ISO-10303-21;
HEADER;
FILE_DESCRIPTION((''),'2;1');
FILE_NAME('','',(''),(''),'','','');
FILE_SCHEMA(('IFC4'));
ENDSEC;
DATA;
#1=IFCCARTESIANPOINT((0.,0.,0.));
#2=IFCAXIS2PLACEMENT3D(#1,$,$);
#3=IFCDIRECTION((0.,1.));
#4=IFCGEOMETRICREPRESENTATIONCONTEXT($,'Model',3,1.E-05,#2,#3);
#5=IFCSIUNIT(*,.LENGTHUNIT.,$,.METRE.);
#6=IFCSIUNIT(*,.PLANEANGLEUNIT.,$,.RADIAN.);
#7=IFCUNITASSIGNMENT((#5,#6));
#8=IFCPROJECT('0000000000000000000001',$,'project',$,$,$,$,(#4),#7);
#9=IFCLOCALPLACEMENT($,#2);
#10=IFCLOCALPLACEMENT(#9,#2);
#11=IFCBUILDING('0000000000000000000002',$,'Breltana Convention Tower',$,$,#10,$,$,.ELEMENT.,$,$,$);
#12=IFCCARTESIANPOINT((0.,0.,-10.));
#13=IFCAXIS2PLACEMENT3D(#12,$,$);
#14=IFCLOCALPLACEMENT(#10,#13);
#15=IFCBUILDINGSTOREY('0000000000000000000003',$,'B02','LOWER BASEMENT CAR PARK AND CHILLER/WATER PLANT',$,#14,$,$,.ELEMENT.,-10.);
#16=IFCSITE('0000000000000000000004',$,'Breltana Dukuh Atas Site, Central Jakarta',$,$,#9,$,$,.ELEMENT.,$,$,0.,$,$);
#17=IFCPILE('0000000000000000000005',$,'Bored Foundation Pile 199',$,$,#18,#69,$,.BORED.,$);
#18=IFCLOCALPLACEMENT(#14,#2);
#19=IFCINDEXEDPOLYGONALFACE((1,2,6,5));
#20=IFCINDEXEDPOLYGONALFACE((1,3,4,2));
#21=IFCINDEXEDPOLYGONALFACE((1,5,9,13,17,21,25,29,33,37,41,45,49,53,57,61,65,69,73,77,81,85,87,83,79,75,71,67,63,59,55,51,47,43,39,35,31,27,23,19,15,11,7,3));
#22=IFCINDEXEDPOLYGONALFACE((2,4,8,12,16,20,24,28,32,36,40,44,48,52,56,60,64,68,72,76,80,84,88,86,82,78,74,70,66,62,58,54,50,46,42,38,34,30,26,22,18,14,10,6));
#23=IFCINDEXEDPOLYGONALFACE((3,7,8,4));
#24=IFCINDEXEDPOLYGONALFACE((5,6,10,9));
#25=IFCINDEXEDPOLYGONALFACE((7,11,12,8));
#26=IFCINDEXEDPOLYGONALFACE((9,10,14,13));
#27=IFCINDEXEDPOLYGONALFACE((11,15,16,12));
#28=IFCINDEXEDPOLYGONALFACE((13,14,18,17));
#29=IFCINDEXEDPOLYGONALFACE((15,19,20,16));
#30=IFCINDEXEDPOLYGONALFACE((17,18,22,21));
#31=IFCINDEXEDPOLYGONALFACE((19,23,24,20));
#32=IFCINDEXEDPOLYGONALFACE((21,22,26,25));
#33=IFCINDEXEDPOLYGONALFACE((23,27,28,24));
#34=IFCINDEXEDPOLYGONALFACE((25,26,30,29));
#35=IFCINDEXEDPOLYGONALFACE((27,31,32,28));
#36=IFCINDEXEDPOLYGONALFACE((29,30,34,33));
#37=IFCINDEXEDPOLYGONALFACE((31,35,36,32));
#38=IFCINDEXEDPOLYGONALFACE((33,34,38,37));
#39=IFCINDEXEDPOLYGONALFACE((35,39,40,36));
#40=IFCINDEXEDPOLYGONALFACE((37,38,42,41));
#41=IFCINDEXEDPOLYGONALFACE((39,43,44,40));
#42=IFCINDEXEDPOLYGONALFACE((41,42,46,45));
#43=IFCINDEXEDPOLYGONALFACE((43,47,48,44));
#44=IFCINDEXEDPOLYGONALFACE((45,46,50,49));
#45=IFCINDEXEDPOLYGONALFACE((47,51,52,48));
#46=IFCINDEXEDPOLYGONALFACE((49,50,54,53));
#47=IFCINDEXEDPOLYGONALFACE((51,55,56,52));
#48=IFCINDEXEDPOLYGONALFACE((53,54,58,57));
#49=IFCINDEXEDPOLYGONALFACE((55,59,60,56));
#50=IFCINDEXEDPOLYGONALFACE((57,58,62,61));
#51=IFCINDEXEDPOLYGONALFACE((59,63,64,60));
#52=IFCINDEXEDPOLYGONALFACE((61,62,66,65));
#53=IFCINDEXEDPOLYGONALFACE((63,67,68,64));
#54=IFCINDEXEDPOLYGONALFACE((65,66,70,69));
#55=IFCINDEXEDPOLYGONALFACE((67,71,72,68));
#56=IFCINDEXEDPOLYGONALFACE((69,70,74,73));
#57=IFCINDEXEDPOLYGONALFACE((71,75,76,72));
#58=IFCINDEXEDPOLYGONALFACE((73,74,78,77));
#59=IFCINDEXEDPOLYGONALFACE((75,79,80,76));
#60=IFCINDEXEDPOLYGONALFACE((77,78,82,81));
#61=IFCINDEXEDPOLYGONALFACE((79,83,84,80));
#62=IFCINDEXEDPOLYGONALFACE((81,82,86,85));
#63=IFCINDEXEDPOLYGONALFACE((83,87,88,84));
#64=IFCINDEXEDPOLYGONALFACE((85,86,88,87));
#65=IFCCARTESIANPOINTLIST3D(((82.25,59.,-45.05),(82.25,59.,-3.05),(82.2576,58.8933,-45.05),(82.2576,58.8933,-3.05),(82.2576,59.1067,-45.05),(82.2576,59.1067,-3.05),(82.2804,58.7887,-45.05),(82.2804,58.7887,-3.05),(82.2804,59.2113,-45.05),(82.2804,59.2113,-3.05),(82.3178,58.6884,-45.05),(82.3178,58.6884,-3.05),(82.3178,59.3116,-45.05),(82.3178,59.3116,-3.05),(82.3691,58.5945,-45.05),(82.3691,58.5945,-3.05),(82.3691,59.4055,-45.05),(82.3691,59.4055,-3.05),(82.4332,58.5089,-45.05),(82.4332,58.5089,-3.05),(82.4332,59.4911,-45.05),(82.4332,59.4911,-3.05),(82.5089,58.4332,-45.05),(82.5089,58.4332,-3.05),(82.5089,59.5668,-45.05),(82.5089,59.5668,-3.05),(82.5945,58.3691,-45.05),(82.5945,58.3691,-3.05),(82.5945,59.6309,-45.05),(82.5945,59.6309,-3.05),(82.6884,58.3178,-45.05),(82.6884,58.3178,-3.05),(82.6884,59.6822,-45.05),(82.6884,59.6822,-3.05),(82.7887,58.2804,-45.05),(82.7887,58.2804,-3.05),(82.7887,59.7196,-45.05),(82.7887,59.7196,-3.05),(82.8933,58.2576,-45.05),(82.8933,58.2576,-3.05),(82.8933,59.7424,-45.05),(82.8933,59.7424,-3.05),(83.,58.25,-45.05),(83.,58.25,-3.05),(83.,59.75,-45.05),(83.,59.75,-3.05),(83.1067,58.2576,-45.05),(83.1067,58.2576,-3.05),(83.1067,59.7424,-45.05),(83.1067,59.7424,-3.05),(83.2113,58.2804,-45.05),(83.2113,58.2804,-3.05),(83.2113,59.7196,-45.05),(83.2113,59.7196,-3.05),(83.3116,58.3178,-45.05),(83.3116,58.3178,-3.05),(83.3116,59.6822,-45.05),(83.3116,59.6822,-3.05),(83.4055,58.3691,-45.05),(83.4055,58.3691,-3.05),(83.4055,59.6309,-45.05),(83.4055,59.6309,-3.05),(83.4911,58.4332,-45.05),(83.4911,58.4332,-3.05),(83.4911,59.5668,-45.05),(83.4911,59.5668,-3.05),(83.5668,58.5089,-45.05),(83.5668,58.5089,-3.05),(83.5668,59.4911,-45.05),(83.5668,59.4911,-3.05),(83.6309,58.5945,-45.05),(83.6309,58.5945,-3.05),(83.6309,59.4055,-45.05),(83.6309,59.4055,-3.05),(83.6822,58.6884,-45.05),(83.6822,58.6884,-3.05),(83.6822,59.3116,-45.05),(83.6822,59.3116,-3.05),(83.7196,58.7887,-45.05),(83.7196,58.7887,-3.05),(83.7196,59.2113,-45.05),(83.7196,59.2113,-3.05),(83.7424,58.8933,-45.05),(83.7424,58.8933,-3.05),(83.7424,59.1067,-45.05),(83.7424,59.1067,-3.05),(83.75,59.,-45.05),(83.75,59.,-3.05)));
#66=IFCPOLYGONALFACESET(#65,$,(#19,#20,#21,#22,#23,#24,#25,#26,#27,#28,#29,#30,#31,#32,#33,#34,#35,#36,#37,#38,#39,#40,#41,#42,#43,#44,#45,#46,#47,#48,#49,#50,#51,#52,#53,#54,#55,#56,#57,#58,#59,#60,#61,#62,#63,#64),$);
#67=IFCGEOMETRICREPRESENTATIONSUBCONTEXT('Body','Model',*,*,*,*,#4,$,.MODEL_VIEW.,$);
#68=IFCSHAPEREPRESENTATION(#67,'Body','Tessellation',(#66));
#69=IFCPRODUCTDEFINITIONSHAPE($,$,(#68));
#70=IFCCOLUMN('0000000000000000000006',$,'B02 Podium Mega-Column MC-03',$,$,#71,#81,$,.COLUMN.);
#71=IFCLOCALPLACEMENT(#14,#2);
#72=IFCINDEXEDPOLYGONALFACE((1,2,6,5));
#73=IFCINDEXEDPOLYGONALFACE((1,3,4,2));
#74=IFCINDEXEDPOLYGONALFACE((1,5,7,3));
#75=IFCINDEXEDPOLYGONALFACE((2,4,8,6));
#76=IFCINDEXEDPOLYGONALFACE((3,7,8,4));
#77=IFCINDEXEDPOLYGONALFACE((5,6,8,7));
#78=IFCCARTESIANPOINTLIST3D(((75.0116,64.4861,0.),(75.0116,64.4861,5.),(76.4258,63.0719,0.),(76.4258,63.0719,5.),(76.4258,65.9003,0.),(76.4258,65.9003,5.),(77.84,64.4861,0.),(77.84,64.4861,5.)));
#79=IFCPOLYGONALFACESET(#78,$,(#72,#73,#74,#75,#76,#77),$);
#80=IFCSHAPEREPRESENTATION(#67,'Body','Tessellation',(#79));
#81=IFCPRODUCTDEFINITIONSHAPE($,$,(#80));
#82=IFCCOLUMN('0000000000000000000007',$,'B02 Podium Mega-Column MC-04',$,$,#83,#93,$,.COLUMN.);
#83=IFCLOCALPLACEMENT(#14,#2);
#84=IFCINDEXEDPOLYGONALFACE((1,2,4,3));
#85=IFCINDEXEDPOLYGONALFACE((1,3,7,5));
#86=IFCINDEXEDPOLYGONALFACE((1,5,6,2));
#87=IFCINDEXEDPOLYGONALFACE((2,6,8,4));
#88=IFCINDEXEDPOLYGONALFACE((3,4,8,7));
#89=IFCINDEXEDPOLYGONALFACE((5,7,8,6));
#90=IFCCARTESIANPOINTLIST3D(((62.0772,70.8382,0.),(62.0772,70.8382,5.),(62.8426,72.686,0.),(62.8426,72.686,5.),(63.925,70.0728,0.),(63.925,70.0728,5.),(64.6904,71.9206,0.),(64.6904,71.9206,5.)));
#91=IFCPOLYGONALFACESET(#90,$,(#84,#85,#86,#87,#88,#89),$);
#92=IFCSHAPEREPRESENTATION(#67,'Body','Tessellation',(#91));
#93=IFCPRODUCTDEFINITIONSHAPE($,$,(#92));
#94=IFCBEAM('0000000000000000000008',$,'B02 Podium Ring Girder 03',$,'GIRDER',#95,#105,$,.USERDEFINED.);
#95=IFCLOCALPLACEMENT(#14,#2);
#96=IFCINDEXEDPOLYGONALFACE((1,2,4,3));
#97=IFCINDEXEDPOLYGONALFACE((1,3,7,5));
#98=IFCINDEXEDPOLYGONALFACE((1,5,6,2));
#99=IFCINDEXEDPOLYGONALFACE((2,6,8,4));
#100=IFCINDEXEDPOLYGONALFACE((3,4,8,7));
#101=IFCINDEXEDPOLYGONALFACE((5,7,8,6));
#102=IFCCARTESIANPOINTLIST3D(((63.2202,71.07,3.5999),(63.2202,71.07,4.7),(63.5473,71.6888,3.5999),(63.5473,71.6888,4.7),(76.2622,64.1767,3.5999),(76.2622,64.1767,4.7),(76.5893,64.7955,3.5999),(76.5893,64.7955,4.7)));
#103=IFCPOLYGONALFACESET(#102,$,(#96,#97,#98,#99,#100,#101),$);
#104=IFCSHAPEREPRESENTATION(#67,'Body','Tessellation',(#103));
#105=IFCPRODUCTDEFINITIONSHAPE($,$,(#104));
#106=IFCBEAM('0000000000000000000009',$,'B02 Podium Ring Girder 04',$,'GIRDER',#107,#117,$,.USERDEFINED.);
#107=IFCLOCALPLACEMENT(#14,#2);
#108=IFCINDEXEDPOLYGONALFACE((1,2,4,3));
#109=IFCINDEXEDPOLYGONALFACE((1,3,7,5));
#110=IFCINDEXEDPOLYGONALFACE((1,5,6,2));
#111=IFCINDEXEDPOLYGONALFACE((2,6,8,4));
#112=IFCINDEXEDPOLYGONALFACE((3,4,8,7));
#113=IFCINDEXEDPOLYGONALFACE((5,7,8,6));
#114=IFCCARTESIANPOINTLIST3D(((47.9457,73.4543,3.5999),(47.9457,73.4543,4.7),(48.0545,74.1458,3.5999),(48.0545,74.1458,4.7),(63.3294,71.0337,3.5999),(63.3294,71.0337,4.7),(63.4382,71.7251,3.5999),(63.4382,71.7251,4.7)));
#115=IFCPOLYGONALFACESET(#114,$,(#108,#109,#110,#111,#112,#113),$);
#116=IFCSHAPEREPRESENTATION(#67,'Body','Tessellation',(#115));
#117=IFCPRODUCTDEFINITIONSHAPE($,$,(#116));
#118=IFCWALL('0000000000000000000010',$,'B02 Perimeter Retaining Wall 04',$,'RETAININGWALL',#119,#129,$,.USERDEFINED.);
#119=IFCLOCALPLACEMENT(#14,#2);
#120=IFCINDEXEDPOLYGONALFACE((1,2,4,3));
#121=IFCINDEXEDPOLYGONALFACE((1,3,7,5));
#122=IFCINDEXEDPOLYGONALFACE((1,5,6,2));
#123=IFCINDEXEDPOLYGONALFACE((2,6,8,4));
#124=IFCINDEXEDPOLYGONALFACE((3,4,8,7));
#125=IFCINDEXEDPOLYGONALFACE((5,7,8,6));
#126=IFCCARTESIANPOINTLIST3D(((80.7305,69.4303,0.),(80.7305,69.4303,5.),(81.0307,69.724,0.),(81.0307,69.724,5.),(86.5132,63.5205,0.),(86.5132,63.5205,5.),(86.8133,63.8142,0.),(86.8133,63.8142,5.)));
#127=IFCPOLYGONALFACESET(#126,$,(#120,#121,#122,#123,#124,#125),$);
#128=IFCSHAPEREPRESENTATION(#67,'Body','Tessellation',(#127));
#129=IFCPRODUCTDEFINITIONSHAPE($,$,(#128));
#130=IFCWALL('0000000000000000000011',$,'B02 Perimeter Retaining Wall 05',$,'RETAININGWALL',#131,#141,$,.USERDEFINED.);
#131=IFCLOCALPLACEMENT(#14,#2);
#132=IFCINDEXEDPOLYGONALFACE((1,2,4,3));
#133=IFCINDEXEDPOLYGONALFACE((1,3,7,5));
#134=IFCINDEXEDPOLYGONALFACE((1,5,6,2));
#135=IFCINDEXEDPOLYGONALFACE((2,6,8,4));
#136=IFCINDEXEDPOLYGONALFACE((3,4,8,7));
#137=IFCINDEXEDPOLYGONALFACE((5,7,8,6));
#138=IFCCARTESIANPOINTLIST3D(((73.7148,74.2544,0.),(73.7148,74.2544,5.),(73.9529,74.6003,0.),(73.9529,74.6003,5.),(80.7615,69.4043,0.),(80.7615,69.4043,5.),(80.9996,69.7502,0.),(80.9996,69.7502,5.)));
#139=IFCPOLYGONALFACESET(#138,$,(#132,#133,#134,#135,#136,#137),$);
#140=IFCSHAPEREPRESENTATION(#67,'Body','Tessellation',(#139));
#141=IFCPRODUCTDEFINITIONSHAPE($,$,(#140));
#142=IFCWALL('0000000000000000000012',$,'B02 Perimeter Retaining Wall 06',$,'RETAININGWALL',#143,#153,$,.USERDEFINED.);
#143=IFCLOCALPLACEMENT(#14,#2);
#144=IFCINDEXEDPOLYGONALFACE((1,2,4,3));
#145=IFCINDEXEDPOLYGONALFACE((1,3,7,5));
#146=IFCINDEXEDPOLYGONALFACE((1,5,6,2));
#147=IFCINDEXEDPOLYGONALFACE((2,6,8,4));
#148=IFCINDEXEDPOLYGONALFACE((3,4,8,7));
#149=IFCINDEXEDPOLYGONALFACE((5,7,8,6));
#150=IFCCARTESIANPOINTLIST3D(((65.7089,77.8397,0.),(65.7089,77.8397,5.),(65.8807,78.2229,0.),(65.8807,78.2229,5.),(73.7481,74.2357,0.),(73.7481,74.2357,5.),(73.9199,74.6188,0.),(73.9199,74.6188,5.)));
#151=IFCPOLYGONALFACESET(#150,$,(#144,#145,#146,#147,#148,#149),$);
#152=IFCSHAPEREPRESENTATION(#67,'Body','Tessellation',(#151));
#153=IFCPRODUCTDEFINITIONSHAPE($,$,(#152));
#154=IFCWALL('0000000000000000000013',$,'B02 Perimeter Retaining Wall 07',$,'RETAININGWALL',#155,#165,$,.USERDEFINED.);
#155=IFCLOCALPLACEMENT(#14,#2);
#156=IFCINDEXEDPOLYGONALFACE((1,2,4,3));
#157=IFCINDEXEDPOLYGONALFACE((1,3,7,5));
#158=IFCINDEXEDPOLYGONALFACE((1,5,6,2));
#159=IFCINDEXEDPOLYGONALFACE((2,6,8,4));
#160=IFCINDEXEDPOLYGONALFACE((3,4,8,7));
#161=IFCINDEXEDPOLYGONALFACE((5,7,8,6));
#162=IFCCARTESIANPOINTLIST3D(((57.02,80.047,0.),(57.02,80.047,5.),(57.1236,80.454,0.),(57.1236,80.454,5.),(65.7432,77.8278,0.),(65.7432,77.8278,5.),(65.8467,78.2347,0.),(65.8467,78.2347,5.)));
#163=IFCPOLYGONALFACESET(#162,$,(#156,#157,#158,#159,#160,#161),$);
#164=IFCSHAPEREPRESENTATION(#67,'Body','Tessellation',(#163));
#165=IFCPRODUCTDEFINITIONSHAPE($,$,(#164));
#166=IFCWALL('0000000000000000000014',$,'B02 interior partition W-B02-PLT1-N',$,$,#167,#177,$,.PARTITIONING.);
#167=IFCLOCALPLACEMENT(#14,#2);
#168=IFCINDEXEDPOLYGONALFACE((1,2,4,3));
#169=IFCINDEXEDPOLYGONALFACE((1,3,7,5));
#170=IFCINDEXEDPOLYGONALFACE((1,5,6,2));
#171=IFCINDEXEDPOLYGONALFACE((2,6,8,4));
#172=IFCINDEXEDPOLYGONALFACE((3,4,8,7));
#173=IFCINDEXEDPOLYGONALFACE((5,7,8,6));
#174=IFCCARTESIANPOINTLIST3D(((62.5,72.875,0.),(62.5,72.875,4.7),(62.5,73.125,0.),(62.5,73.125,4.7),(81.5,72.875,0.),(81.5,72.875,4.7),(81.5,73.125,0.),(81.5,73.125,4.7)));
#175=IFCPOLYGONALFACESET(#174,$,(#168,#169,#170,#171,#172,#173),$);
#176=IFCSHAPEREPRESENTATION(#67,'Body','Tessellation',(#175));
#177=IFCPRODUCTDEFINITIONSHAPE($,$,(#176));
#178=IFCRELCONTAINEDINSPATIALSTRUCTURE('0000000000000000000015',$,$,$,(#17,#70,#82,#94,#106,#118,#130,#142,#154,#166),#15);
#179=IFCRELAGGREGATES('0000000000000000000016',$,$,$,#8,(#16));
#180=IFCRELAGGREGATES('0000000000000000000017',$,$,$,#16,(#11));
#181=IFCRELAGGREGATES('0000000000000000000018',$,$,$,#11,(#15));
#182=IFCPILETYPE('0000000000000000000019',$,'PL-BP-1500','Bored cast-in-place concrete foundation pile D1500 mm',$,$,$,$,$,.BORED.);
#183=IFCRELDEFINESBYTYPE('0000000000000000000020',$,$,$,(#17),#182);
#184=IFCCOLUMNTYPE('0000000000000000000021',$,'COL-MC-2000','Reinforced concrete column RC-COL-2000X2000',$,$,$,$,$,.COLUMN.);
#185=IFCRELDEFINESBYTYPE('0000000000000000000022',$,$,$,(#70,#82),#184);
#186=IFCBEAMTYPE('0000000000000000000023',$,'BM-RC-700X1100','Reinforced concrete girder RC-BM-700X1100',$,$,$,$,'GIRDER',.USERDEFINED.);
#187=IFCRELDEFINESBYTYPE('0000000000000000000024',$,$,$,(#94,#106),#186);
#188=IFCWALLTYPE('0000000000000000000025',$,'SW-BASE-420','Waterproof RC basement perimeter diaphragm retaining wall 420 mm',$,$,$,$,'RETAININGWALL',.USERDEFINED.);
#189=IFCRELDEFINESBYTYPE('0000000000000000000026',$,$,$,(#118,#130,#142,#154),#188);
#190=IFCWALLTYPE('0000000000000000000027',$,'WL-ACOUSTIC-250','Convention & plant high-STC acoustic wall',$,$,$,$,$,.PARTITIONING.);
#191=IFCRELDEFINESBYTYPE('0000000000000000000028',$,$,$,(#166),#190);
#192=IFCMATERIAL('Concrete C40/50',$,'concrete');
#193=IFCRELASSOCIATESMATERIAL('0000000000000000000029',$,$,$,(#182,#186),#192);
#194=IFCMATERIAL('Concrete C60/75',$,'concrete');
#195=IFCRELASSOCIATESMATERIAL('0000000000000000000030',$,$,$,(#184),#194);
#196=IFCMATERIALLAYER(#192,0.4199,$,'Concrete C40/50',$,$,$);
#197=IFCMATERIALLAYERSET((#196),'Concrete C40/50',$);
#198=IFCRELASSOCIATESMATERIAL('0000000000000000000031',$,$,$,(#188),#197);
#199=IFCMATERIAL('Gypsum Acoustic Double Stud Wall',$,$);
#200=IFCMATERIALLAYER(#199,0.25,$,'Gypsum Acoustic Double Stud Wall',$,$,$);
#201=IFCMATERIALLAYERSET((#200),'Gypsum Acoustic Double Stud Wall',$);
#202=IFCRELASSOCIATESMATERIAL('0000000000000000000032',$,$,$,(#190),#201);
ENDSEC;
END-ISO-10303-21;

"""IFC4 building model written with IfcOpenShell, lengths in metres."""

from ifc_helpers import new_model, si_unit, direction, frame, frame_2d, origin, origin_2d, place, context, subcontext, project, spatial, rectangle, circle, extrude, source, transform, mapped, material, layer, layer_set, material_profile, profile_set, type_object, type_shapes, element, save


model = new_model("IFC4")

# Units and contexts
model_context = context("Model", 3, precision=1e-05, world=origin(), true_north=direction((0.0, 1.0)))
body_context = subcontext(model_context, "Body", "Model", "MODEL_VIEW")
ifc_project = project(units=[si_unit("LENGTHUNIT", "METRE"), si_unit("PLANEANGLEUNIT", "RADIAN")], contexts=[model_context])

# Site, building, storey
site_placement = place(None, origin())
site = spatial("IfcSite", under=ifc_project, at=site_placement, Name="Breltana Dukuh Atas Site, Central Jakarta", CompositionType="ELEMENT", RefElevation=0.0)
building_placement = place(site_placement, origin())
building = spatial("IfcBuilding", under=site, at=building_placement, Name="Breltana Convention Tower", CompositionType="ELEMENT")
storey_placement = place(building_placement, frame((0.0, 0.0, -10.0)))
storey = spatial("IfcBuildingStorey", under=building, at=storey_placement, Name="B02", Description="LOWER BASEMENT CAR PARK AND CHILLER/WATER PLANT", CompositionType="ELEMENT", Elevation=-10.0)

# Pile
ifc_material_1 = material(Name="Concrete C40/50", Category="concrete")
ifc_material_profile_1 = material_profile(ifc_material_1, circle(Radius=0.75, at=origin_2d()), Name="BP-D1500")
ifc_profile_set_1 = profile_set([ifc_material_profile_1], Name="Concrete C40/50")
pile_type_1 = type_object("IfcPileType", Name="PL-BP-1500", Description="Bored cast-in-place concrete foundation pile D1500 mm", PredefinedType="BORED", material=ifc_profile_set_1)
shared_shape_1 = source(origin(), body_context, "Body", "SweptSolid", [
    extrude(circle(Radius=0.75, at=origin_2d()), origin(), (0.0, 0.0, 1.0), 42.0),
])
type_shapes(pile_type_1, [shared_shape_1])
for number, where, z_axis, x_axis, name in (
    (1, (83.0, 59.0, -3.05), (0.0, 0.0, -1.0), (1.0, 0.0, 0.0), "Bored Foundation Pile 199"),
):
    element("IfcPile", number, at=place(storey_placement, frame(where, z_axis=z_axis, x_axis=x_axis)), inside=storey, type_object=pile_type_1, Name=name, PredefinedType="BORED", context=body_context, shape_type="MappedRepresentation", body=[
        mapped(shared_shape_1, transform((0.0, 0.0, 0.0), scale=1.0)),
    ])

# Columns
ifc_material_2 = material(Name="Concrete C60/75", Category="concrete")
ifc_material_profile_2 = material_profile(ifc_material_2, rectangle(XDim=2.0, YDim=2.0, at=origin_2d()), Name="RC-COL-2000X2000")
ifc_profile_set_2 = profile_set([ifc_material_profile_2], Name="Concrete C60/75")
column_type = type_object("IfcColumnType", Name="COL-MC-2000", Description="Reinforced concrete column RC-COL-2000X2000", PredefinedType="COLUMN", material=ifc_profile_set_2)
shared_shape_2 = source(origin(), body_context, "Body", "SweptSolid", [
    extrude(rectangle(XDim=2.0, YDim=2.0, at=origin_2d()), origin(), (0.0, 0.0, 1.0), 5.0),
])
type_shapes(column_type, [shared_shape_2])
for number, where, z_axis, x_axis, name in (
    (2, (76.4258, 64.4861, 0.0), (0.0, 0.0, 1.0), (0.707107, 0.707107, 0.0), "B02 Podium Mega-Column MC-03"),
    (3, (63.3838, 71.3794, 0.0), (0.0, 0.0, 1.0), (0.382683, 0.92388, 0.0), "B02 Podium Mega-Column MC-04"),
):
    element("IfcColumn", number, at=place(storey_placement, frame(where, z_axis=z_axis, x_axis=x_axis)), inside=storey, type_object=column_type, Name=name, PredefinedType="COLUMN", context=body_context, shape_type="MappedRepresentation", body=[
        mapped(shared_shape_2, transform((0.0, 0.0, 0.0), scale=1.0)),
    ])

# Beams
ifc_material_profile_3 = material_profile(ifc_material_1, rectangle(XDim=0.7, YDim=1.1001, at=origin_2d()), Name="RC-BM-700X1100")
ifc_profile_set_3 = profile_set([ifc_material_profile_3], Name="Concrete C40/50")
beam_type = type_object("IfcBeamType", Name="BM-RC-700X1100", Description="Reinforced concrete girder RC-BM-700X1100", ElementType="GIRDER", PredefinedType="USERDEFINED", material=ifc_profile_set_3)
shared_shape_3 = source(origin(), body_context, "Body", "SweptSolid", [
    extrude(rectangle(XDim=0.7, YDim=1.1001, at=origin_2d()), origin(), (0.0, 0.0, 1.0), 14.7517),
])
beam_1_placement = place(storey_placement, frame((76.4258, 64.4861, 4.1499), z_axis=(-0.884104, 0.467291, 0.0), x_axis=(-0.467291, -0.884104, 0.0)))
element("IfcBeam", 4, at=beam_1_placement, inside=storey, type_object=beam_type, Name="B02 Podium Ring Girder 03", ObjectType="GIRDER", PredefinedType="USERDEFINED", context=body_context, shape_type="MappedRepresentation", body=[
    mapped(shared_shape_3, transform((0.0, 0.0, 0.0), scale=1.0)),
])
shared_shape_4 = source(origin(), body_context, "Body", "SweptSolid", [
    extrude(rectangle(XDim=0.7, YDim=1.1001, at=origin_2d()), origin(), (0.0, 0.0, 1.0), 15.573),
])
beam_2_placement = place(storey_placement, frame((63.3838, 71.3794, 4.1499), z_axis=(-0.987846, 0.155438, 0.0), x_axis=(-0.155438, -0.987846, 0.0)))
element("IfcBeam", 5, at=beam_2_placement, inside=storey, type_object=beam_type, Name="B02 Podium Ring Girder 04", ObjectType="GIRDER", PredefinedType="USERDEFINED", context=body_context, shape_type="MappedRepresentation", body=[
    mapped(shared_shape_4, transform((0.0, 0.0, 0.0), scale=1.0)),
])

# Walls
ifc_layer_1 = layer(ifc_material_1, 0.4199, Name="Concrete C40/50")
ifc_layer_set_1 = layer_set([ifc_layer_1], Name="Concrete C40/50")
wall_type_1 = type_object("IfcWallType", Name="SW-BASE-420", Description="Waterproof RC basement perimeter diaphragm retaining wall 420 mm", ElementType="RETAININGWALL", PredefinedType="USERDEFINED", material=ifc_layer_set_1)
shared_shape_5 = source(origin(), body_context, "Body", "SweptSolid", [
    extrude(rectangle(XDim=8.2683, YDim=0.4199, at=frame_2d((4.1343, 0.0))), origin(), (0.0, 0.0, 1.0), 5.0),
])
wall_1_placement = place(storey_placement, frame((86.6633, 63.6672, 0.0), z_axis=(0.0, 0.0, 1.0), x_axis=(-0.699373, 0.714757, 0.0)))
element("IfcWall", 6, at=wall_1_placement, inside=storey, type_object=wall_type_1, Name="B02 Perimeter Retaining Wall 04", ObjectType="RETAININGWALL", PredefinedType="USERDEFINED", context=body_context, shape_type="MappedRepresentation", body=[
    mapped(shared_shape_5, transform((0.0, 0.0, 0.0), scale=1.0)),
])
shared_shape_6 = source(origin(), body_context, "Body", "SweptSolid", [
    extrude(rectangle(XDim=8.5544, YDim=0.4199, at=frame_2d((4.2773, 0.0))), origin(), (0.0, 0.0, 1.0), 5.0),
])
wall_2_placement = place(storey_placement, frame((80.8806, 69.5771, 0.0), z_axis=(0.0, 0.0, 1.0), x_axis=(-0.82374, 0.566968, 0.0)))
element("IfcWall", 7, at=wall_2_placement, inside=storey, type_object=wall_type_1, Name="B02 Perimeter Retaining Wall 05", ObjectType="RETAININGWALL", PredefinedType="USERDEFINED", context=body_context, shape_type="MappedRepresentation", body=[
    mapped(shared_shape_6, transform((0.0, 0.0, 0.0), scale=1.0)),
])
shared_shape_7 = source(origin(), body_context, "Body", "SweptSolid", [
    extrude(rectangle(XDim=8.8101, YDim=0.4199, at=frame_2d((4.405, 0.0))), origin(), (0.0, 0.0, 1.0), 5.0),
])
wall_3_placement = place(storey_placement, frame((73.834, 74.4272, 0.0), z_axis=(0.0, 0.0, 1.0), x_axis=(-0.912497, 0.409083, 0.0)))
element("IfcWall", 8, at=wall_3_placement, inside=storey, type_object=wall_type_1, Name="B02 Perimeter Retaining Wall 06", ObjectType="RETAININGWALL", PredefinedType="USERDEFINED", context=body_context, shape_type="MappedRepresentation", body=[
    mapped(shared_shape_7, transform((0.0, 0.0, 0.0), scale=1.0)),
])
shared_shape_8 = source(origin(), body_context, "Body", "SweptSolid", [
    extrude(rectangle(XDim=9.001, YDim=0.4199, at=frame_2d((4.5005, 0.0))), origin(), (0.0, 0.0, 1.0), 5.0),
])
wall_4_placement = place(storey_placement, frame((65.7949, 78.0312, 0.0), z_axis=(0.0, 0.0, 1.0), x_axis=(-0.969129, 0.246554, 0.0)))
element("IfcWall", 9, at=wall_4_placement, inside=storey, type_object=wall_type_1, Name="B02 Perimeter Retaining Wall 07", ObjectType="RETAININGWALL", PredefinedType="USERDEFINED", context=body_context, shape_type="MappedRepresentation", body=[
    mapped(shared_shape_8, transform((0.0, 0.0, 0.0), scale=1.0)),
])
ifc_material_3 = material(Name="Gypsum Acoustic Double Stud Wall")
ifc_layer_2 = layer(ifc_material_3, 0.25, Name="Gypsum Acoustic Double Stud Wall")
ifc_layer_set_2 = layer_set([ifc_layer_2], Name="Gypsum Acoustic Double Stud Wall")
wall_type_2 = type_object("IfcWallType", Name="WL-ACOUSTIC-250", Description="Convention & plant high-STC acoustic wall", PredefinedType="PARTITIONING", material=ifc_layer_set_2)
shared_shape_9 = source(origin(), body_context, "Body", "SweptSolid", [
    extrude(rectangle(XDim=19.0, YDim=0.25, at=frame_2d((9.5, 0.0))), origin(), (0.0, 0.0, 1.0), 4.7),
])
wall_5_placement = place(storey_placement, frame((62.5, 73.0, 0.0), z_axis=(0.0, 0.0, 1.0), x_axis=(1.0, 0.0, 0.0)))
element("IfcWall", 10, at=wall_5_placement, inside=storey, type_object=wall_type_2, Name="B02 interior partition W-B02-PLT1-N", PredefinedType="PARTITIONING", context=body_context, shape_type="MappedRepresentation", body=[
    mapped(shared_shape_9, transform((0.0, 0.0, 0.0), scale=1.0)),
])

save(model, "model.ifc")
